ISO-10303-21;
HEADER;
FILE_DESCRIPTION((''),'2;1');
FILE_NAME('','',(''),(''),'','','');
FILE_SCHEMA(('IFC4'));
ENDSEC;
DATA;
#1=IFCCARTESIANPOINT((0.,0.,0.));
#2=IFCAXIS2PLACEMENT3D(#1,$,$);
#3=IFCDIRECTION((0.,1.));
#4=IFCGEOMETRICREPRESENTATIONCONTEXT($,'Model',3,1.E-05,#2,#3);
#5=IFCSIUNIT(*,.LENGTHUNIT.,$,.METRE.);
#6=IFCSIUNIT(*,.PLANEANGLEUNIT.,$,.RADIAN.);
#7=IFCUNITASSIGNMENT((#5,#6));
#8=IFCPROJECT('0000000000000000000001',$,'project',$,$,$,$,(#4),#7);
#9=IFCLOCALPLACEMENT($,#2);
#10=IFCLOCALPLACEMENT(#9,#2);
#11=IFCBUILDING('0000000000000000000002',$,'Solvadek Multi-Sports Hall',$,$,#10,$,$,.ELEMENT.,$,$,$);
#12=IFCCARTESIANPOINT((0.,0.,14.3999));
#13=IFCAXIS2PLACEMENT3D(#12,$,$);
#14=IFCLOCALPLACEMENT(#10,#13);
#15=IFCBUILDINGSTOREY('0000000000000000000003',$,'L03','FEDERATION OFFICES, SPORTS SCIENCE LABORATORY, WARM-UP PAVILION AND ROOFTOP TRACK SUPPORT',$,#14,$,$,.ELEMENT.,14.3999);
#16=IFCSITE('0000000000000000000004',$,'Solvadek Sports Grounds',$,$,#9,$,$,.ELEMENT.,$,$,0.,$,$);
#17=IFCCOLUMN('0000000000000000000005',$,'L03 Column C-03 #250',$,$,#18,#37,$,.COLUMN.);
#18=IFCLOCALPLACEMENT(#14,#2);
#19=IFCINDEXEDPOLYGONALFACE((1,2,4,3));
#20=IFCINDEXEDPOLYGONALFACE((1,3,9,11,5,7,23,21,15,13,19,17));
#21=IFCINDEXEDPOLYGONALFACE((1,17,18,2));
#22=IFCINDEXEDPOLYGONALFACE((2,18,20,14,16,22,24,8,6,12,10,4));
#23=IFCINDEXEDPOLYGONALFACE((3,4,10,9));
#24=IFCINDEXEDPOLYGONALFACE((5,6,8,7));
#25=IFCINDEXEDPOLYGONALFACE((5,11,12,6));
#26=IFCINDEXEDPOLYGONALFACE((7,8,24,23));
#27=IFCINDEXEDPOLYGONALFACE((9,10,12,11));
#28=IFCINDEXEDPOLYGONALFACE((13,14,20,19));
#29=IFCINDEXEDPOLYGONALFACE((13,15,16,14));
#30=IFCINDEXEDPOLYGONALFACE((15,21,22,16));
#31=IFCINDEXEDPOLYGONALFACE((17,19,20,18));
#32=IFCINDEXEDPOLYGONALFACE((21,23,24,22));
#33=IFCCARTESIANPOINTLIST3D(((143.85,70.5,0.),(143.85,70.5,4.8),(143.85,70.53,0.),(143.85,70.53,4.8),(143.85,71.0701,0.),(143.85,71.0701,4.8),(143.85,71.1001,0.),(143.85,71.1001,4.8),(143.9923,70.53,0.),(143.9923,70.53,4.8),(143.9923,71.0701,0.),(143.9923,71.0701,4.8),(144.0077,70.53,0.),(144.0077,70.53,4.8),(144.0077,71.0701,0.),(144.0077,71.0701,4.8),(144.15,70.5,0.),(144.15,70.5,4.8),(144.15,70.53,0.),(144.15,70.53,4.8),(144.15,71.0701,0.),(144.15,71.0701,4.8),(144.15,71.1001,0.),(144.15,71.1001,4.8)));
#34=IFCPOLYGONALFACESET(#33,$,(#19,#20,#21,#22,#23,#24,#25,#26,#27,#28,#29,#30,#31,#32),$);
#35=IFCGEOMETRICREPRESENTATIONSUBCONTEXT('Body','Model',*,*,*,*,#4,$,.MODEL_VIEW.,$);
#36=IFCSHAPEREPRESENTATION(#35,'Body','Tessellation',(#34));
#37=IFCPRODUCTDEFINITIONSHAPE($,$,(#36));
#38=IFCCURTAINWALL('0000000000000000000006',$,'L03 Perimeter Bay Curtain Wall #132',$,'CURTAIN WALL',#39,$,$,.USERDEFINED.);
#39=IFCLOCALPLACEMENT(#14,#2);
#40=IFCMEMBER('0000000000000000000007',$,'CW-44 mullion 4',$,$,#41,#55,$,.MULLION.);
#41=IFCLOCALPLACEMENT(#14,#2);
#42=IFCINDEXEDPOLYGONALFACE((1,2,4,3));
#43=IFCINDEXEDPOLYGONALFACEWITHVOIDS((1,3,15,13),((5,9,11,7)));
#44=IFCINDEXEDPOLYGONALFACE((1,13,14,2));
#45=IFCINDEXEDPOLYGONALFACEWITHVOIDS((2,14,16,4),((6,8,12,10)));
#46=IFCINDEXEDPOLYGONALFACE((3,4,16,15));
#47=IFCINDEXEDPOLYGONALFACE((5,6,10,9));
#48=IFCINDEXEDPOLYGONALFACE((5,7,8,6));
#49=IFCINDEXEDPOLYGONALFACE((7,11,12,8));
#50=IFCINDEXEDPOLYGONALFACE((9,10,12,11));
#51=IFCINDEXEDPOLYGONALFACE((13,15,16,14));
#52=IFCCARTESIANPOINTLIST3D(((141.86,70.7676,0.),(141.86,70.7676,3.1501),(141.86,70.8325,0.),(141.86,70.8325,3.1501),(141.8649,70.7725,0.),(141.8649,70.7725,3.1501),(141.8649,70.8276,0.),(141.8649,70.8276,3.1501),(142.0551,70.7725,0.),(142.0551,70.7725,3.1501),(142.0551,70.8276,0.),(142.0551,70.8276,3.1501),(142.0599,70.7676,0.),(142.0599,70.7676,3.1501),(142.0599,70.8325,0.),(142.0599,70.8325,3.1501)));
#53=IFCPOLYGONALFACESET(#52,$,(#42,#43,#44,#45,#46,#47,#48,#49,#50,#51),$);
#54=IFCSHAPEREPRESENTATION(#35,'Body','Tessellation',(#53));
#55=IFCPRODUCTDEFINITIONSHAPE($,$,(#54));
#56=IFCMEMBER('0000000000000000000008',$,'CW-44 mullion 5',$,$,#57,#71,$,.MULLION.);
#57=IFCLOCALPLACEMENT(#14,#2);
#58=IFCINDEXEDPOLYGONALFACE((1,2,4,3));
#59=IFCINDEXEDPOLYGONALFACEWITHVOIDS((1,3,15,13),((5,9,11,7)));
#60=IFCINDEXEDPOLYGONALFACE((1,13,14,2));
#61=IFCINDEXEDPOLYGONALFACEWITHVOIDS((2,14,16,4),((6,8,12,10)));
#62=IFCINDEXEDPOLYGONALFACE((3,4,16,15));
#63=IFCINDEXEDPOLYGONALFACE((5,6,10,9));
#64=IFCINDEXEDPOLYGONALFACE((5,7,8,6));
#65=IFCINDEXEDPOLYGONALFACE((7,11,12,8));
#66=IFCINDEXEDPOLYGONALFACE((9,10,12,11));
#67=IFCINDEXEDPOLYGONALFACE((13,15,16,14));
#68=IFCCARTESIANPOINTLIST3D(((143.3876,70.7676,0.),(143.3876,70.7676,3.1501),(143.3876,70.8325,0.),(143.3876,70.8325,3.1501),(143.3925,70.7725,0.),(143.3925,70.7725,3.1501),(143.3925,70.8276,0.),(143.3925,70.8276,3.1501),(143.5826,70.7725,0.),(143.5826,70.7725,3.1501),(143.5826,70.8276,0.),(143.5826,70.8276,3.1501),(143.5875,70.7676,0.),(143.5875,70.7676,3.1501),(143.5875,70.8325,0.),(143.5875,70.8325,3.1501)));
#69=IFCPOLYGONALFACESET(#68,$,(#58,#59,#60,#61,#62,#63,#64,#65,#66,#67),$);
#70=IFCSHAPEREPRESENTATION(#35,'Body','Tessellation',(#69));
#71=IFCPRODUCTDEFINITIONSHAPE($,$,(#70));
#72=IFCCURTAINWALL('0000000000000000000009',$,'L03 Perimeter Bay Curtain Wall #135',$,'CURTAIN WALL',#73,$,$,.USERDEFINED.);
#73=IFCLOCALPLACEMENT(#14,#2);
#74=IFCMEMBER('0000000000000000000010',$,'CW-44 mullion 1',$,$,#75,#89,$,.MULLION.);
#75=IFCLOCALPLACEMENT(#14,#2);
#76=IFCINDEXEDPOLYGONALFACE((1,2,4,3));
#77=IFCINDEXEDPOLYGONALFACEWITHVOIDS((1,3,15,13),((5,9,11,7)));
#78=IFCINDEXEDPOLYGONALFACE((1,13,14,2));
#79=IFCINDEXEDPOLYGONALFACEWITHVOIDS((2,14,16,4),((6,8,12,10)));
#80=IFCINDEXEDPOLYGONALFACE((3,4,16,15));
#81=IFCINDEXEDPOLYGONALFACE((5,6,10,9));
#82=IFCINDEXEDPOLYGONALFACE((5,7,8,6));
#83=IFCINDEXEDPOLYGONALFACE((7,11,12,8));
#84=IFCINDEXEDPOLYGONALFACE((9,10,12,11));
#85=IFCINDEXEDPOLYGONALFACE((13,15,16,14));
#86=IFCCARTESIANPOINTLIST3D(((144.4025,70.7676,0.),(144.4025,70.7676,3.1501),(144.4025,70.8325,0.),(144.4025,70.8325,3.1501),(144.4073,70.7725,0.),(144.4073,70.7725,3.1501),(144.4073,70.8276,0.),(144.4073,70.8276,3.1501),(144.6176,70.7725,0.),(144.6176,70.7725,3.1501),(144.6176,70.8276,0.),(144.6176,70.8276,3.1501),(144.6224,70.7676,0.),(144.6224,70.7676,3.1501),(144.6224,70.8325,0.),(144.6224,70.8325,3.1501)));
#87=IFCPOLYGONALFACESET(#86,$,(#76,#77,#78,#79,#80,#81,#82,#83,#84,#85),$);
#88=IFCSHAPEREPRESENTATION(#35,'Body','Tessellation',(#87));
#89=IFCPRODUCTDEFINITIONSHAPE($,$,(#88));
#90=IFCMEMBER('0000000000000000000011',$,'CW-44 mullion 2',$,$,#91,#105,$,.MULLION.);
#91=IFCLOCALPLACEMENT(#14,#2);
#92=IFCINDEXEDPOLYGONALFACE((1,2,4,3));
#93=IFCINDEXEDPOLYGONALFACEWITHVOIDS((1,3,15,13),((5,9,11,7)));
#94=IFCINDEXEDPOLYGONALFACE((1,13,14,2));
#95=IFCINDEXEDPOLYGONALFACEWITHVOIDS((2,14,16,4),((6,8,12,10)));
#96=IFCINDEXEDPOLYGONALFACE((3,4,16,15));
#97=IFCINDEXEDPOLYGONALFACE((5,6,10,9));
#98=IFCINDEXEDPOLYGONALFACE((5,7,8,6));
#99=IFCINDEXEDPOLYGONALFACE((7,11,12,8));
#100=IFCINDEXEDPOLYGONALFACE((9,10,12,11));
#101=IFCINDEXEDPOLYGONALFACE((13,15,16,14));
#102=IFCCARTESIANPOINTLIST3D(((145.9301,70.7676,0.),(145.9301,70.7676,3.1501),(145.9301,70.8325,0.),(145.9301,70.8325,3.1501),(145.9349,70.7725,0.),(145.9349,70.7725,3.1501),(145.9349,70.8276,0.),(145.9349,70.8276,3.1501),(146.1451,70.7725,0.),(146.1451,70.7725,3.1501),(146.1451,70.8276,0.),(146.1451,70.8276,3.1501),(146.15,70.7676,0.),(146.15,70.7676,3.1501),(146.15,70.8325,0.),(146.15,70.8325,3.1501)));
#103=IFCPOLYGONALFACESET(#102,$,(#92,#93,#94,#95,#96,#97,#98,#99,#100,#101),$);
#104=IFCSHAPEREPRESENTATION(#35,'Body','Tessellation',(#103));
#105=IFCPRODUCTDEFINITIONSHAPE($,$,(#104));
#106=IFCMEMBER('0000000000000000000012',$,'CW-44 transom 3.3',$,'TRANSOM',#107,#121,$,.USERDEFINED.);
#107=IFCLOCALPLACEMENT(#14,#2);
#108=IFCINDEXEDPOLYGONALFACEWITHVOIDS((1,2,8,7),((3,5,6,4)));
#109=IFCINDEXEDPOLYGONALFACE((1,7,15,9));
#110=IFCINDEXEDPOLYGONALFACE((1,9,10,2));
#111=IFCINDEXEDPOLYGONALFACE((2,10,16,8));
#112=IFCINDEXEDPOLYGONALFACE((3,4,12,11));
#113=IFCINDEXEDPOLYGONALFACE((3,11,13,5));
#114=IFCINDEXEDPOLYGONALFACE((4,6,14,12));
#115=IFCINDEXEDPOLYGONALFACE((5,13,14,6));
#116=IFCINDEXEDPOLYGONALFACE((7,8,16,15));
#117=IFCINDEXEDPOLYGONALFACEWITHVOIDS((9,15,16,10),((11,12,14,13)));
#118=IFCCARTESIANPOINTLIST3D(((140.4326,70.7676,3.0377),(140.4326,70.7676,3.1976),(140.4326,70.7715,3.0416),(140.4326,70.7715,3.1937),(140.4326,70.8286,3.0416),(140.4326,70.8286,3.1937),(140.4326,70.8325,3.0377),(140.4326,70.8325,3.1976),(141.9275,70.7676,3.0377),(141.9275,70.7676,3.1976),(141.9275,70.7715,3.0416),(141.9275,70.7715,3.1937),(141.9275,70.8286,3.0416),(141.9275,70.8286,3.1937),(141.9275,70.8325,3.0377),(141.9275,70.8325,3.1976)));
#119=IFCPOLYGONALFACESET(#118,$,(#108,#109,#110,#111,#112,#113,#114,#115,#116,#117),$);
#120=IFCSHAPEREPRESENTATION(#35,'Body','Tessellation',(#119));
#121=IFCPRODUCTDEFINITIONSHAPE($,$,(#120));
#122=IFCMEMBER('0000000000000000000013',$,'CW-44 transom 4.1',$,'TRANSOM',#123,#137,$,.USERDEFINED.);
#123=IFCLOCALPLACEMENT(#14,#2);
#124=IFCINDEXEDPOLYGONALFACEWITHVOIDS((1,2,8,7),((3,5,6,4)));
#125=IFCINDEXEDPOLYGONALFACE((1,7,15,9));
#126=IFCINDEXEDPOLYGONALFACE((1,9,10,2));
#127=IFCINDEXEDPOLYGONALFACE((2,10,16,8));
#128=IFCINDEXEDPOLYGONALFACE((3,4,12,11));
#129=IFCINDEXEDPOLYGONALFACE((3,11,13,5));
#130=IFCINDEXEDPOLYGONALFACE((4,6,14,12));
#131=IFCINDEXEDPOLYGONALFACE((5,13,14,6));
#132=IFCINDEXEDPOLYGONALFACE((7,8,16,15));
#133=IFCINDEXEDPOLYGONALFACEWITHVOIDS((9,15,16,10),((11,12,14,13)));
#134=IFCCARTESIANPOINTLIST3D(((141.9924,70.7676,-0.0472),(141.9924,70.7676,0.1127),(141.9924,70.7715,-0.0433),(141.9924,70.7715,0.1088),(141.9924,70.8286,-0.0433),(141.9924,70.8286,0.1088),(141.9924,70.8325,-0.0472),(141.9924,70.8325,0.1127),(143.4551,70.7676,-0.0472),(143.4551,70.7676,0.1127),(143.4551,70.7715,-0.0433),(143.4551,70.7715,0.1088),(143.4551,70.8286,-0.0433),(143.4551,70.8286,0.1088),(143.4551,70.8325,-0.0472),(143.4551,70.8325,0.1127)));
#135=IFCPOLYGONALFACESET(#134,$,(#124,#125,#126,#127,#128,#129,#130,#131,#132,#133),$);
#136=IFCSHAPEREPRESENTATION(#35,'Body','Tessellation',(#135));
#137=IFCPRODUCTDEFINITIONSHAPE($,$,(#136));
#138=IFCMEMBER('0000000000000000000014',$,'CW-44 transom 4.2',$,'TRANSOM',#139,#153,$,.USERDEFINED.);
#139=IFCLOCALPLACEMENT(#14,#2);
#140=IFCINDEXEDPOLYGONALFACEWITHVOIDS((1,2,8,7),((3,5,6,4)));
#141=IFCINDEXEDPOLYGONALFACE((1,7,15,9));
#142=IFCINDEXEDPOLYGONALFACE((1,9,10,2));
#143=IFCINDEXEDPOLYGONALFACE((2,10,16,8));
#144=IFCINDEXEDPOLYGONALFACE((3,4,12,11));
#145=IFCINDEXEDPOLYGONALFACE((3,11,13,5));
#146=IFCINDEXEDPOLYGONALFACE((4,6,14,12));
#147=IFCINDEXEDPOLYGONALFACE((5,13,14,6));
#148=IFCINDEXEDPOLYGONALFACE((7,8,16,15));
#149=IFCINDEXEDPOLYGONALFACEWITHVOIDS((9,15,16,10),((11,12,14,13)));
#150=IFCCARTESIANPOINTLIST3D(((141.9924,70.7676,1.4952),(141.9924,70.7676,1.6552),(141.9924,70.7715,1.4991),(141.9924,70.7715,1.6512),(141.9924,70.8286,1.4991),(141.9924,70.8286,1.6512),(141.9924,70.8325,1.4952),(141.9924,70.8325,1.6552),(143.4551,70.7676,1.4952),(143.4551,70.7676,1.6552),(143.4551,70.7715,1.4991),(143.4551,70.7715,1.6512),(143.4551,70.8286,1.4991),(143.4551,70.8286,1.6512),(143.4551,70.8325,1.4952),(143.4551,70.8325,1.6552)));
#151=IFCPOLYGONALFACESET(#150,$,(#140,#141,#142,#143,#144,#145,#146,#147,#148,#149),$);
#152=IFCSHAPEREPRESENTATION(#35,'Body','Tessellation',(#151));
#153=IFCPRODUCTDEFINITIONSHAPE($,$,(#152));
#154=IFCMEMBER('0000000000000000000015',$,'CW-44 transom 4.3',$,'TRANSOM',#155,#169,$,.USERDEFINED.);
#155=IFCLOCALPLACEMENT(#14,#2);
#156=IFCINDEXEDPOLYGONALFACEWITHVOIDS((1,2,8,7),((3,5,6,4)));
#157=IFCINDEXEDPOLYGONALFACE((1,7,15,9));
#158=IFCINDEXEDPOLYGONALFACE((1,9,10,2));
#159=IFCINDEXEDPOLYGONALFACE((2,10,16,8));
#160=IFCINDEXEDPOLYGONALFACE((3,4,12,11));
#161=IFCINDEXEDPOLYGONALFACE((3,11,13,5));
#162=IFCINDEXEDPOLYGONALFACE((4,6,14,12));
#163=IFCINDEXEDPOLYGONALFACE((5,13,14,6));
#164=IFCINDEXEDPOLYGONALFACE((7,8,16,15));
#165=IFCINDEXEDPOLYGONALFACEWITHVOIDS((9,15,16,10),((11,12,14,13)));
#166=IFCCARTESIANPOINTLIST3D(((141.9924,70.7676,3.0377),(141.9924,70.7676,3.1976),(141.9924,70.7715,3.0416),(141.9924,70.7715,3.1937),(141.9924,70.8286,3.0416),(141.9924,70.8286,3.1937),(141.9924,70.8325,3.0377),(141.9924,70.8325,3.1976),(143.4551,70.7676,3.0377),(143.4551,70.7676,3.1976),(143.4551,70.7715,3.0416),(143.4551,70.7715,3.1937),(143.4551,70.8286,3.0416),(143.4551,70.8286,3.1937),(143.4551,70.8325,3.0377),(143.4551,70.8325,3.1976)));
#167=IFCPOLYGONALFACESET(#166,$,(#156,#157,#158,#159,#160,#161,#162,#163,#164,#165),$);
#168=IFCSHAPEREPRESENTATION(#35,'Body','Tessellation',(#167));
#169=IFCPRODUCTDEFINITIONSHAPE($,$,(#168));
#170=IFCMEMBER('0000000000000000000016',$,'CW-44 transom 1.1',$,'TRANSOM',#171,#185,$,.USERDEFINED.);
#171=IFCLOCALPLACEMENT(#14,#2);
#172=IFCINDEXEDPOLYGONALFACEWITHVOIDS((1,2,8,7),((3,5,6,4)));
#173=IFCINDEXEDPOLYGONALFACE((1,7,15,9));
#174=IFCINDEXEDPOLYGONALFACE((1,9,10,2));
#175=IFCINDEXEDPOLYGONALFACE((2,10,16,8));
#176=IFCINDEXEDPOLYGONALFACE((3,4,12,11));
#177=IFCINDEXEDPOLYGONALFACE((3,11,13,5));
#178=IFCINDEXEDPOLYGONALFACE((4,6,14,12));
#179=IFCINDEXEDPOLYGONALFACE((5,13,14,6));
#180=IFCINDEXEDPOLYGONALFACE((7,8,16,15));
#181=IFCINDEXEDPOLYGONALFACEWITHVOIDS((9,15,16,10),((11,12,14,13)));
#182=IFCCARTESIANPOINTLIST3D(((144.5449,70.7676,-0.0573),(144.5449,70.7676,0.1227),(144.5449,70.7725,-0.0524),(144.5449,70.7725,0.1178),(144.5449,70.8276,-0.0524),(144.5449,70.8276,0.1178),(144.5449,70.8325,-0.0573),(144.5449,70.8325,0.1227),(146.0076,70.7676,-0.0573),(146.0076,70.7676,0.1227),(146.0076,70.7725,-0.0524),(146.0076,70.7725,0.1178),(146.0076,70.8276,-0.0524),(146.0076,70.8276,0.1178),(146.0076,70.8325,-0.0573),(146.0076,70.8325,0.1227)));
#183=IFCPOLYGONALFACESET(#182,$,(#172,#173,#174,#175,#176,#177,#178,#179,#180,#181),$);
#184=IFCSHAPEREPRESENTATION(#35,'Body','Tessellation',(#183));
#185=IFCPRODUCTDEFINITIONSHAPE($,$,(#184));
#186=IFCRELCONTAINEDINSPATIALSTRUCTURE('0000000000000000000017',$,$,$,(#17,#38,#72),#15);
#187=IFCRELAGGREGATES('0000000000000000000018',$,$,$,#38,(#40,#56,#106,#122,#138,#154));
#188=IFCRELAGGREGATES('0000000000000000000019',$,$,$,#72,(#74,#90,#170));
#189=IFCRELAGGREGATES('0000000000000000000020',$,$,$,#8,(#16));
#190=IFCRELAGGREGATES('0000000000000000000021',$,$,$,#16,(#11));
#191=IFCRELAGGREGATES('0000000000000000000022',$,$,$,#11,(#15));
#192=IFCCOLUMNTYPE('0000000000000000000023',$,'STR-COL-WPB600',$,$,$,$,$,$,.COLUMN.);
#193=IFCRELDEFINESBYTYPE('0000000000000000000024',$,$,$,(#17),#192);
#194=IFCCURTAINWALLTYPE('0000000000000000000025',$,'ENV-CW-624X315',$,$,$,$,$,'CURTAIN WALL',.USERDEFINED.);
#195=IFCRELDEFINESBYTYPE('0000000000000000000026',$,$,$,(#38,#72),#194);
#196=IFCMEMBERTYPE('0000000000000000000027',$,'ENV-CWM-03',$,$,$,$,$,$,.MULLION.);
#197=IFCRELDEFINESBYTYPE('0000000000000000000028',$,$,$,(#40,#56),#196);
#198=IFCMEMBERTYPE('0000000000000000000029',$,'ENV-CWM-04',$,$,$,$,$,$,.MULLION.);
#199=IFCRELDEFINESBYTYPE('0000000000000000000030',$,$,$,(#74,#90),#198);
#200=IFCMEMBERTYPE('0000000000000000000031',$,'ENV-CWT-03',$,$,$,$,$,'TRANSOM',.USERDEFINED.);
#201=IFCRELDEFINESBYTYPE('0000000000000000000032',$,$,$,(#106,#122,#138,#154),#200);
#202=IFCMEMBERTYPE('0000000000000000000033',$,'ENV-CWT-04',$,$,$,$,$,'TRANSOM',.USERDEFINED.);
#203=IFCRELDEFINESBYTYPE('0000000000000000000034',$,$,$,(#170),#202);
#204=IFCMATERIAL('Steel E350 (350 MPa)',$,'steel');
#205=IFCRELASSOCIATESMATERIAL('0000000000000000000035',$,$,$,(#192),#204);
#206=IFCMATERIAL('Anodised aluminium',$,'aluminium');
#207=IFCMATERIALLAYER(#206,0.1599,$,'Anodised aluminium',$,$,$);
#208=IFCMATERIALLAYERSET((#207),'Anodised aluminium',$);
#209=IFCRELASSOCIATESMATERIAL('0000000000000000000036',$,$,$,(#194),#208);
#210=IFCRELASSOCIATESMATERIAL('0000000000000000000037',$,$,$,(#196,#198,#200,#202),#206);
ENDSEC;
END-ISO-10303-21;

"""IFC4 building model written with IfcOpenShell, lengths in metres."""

from ifc_helpers import new_model, si_unit, direction, frame, origin, origin_2d, place, context, subcontext, project, spatial, hollow_rectangle, i_section, extrude, material, layer, layer_set, material_profile, profile_set, type_object, element, aggregate, save


model = new_model("IFC4")

# Units and contexts
model_context = context("Model", 3, precision=1e-05, world=origin(), true_north=direction((0.0, 1.0)))
body_context = subcontext(model_context, "Body", "Model", "MODEL_VIEW")
ifc_project = project(units=[si_unit("LENGTHUNIT", "METRE"), si_unit("PLANEANGLEUNIT", "RADIAN")], contexts=[model_context])

# Site, building, storey
site_placement = place(None, origin())
site = spatial("IfcSite", under=ifc_project, at=site_placement, Name="Solvadek Sports Grounds", CompositionType="ELEMENT", RefElevation=0.0)
building_placement = place(site_placement, origin())
building = spatial("IfcBuilding", under=site, at=building_placement, Name="Solvadek Multi-Sports Hall", CompositionType="ELEMENT")
storey_placement = place(building_placement, frame((0.0, 0.0, 14.3999)))
storey = spatial("IfcBuildingStorey", under=building, at=storey_placement, Name="L03", Description="FEDERATION OFFICES, SPORTS SCIENCE LABORATORY, WARM-UP PAVILION AND ROOFTOP TRACK SUPPORT", CompositionType="ELEMENT", Elevation=14.3999)

# Column
ifc_material_1 = material(Name="Steel E350 (350 MPa)", Category="steel")
ifc_material_profile_1 = material_profile(ifc_material_1, i_section(OverallWidth=0.3, OverallDepth=0.6001, WebThickness=0.0154, FlangeThickness=0.03, at=origin_2d()), Name="WPB 600")
ifc_profile_set_1 = profile_set([ifc_material_profile_1], Name="Steel E350 (350 MPa)")
column_type = type_object("IfcColumnType", Name="STR-COL-WPB600", PredefinedType="COLUMN", material=ifc_profile_set_1)
column_placement = place(storey_placement, frame((144.0, 70.8, 0.0), z_axis=(0.0, 0.0, 1.0), x_axis=(1.0, 0.0, 0.0)))
element("IfcColumn", 1, at=column_placement, inside=storey, type_object=column_type, Name="L03 Column C-03 #250", PredefinedType="COLUMN", context=body_context, shape_type="SweptSolid", body=[
    extrude(i_section(OverallWidth=0.3, OverallDepth=0.6001, WebThickness=0.0154, FlangeThickness=0.03, at=origin_2d()), origin(), (0.0, 0.0, 1.0), 4.8),
])

# Curtain walls, members
ifc_material_2 = material(Name="Anodised aluminium", Category="aluminium")
ifc_layer_1 = layer(ifc_material_2, 0.1599, Name="Anodised aluminium")
ifc_layer_set_1 = layer_set([ifc_layer_1], Name="Anodised aluminium")
curtain_wall_type = type_object("IfcCurtainWallType", Name="ENV-CW-624X315", ElementType="CURTAIN WALL", PredefinedType="USERDEFINED", material=ifc_layer_set_1)
curtain_wall_1_placement = place(storey_placement, origin())
curtain_wall_1 = element("IfcCurtainWall", 2, at=curtain_wall_1_placement, inside=storey, type_object=curtain_wall_type, Name="L03 Perimeter Bay Curtain Wall #132", ObjectType="CURTAIN WALL", PredefinedType="USERDEFINED")
ifc_material_profile_2 = material_profile(ifc_material_2, hollow_rectangle(XDim=0.0649, YDim=0.2, WallThickness=0.0049, at=origin_2d()), Name="ALU-M 200x65x5")
ifc_profile_set_2 = profile_set([ifc_material_profile_2], Name="Anodised aluminium")
member_type_1 = type_object("IfcMemberType", Name="ENV-CWM-03", PredefinedType="MULLION", material=ifc_profile_set_2)
member_1_placement = place(storey_placement, frame((141.96, 70.8, 0.0), z_axis=(0.0, 0.0, 1.0), x_axis=(0.0, 1.0, 0.0)))
member_1 = element("IfcMember", 3, at=member_1_placement, type_object=member_type_1, Name="CW-44 mullion 4", PredefinedType="MULLION", context=body_context, shape_type="SweptSolid", body=[
    extrude(hollow_rectangle(XDim=0.0649, YDim=0.2, WallThickness=0.0049, at=origin_2d()), origin(), (0.0, 0.0, 1.0), 3.1501),
])
member_2_placement = place(storey_placement, frame((143.4875, 70.8, 0.0), z_axis=(0.0, 0.0, 1.0), x_axis=(0.0, 1.0, 0.0)))
member_2 = element("IfcMember", 4, at=member_2_placement, type_object=member_type_1, Name="CW-44 mullion 5", PredefinedType="MULLION", context=body_context, shape_type="SweptSolid", body=[
    extrude(hollow_rectangle(XDim=0.0649, YDim=0.2, WallThickness=0.0049, at=origin_2d()), origin(), (0.0, 0.0, 1.0), 3.1501),
])
curtain_wall_2_placement = place(storey_placement, origin())
curtain_wall_2 = element("IfcCurtainWall", 5, at=curtain_wall_2_placement, inside=storey, type_object=curtain_wall_type, Name="L03 Perimeter Bay Curtain Wall #135", ObjectType="CURTAIN WALL", PredefinedType="USERDEFINED")
ifc_material_profile_3 = material_profile(ifc_material_2, hollow_rectangle(XDim=0.0649, YDim=0.22, WallThickness=0.0049, at=origin_2d()), Name="ALU-M 220x65x5")
ifc_profile_set_3 = profile_set([ifc_material_profile_3], Name="Anodised aluminium")
member_type_2 = type_object("IfcMemberType", Name="ENV-CWM-04", PredefinedType="MULLION", material=ifc_profile_set_3)
member_3_placement = place(storey_placement, frame((144.5125, 70.8, 0.0), z_axis=(0.0, 0.0, 1.0), x_axis=(0.0, 1.0, 0.0)))
member_3 = element("IfcMember", 6, at=member_3_placement, type_object=member_type_2, Name="CW-44 mullion 1", PredefinedType="MULLION", context=body_context, shape_type="SweptSolid", body=[
    extrude(hollow_rectangle(XDim=0.0649, YDim=0.22, WallThickness=0.0049, at=origin_2d()), origin(), (0.0, 0.0, 1.0), 3.1501),
])
member_4_placement = place(storey_placement, frame((146.04, 70.8, 0.0), z_axis=(0.0, 0.0, 1.0), x_axis=(0.0, 1.0, 0.0)))
member_4 = element("IfcMember", 7, at=member_4_placement, type_object=member_type_2, Name="CW-44 mullion 2", PredefinedType="MULLION", context=body_context, shape_type="SweptSolid", body=[
    extrude(hollow_rectangle(XDim=0.0649, YDim=0.22, WallThickness=0.0049, at=origin_2d()), origin(), (0.0, 0.0, 1.0), 3.1501),
])

# Members
ifc_material_profile_4 = material_profile(ifc_material_2, hollow_rectangle(XDim=0.0649, YDim=0.1599, WallThickness=0.0039, at=origin_2d()), Name="ALU-T 160x65x4")
ifc_profile_set_4 = profile_set([ifc_material_profile_4], Name="Anodised aluminium")
member_type_3 = type_object("IfcMemberType", Name="ENV-CWT-03", ElementType="TRANSOM", PredefinedType="USERDEFINED", material=ifc_profile_set_4)
member_5_placement = place(storey_placement, frame((140.4326, 70.8, 3.1177), z_axis=(1.0, 0.0, 0.0), x_axis=(0.0, 1.0, 0.0)))
member_5 = element("IfcMember", 8, at=member_5_placement, type_object=member_type_3, Name="CW-44 transom 3.3", ObjectType="TRANSOM", PredefinedType="USERDEFINED", context=body_context, shape_type="SweptSolid", body=[
    extrude(hollow_rectangle(XDim=0.0649, YDim=0.1599, WallThickness=0.0039, at=origin_2d()), origin(), (0.0, 0.0, 1.0), 1.4949),
])
member_6_placement = place(storey_placement, frame((141.9924, 70.8, 0.0327), z_axis=(1.0, 0.0, 0.0), x_axis=(0.0, 1.0, 0.0)))
member_6 = element("IfcMember", 9, at=member_6_placement, type_object=member_type_3, Name="CW-44 transom 4.1", ObjectType="TRANSOM", PredefinedType="USERDEFINED", context=body_context, shape_type="SweptSolid", body=[
    extrude(hollow_rectangle(XDim=0.0649, YDim=0.1599, WallThickness=0.0039, at=origin_2d()), origin(), (0.0, 0.0, 1.0), 1.4626),
])
member_7_placement = place(storey_placement, frame((141.9924, 70.8, 1.5752), z_axis=(1.0, 0.0, 0.0), x_axis=(0.0, 1.0, 0.0)))
member_7 = element("IfcMember", 10, at=member_7_placement, type_object=member_type_3, Name="CW-44 transom 4.2", ObjectType="TRANSOM", PredefinedType="USERDEFINED", context=body_context, shape_type="SweptSolid", body=[
    extrude(hollow_rectangle(XDim=0.0649, YDim=0.1599, WallThickness=0.0039, at=origin_2d()), origin(), (0.0, 0.0, 1.0), 1.4626),
])
member_8_placement = place(storey_placement, frame((141.9924, 70.8, 3.1177), z_axis=(1.0, 0.0, 0.0), x_axis=(0.0, 1.0, 0.0)))
member_8 = element("IfcMember", 11, at=member_8_placement, type_object=member_type_3, Name="CW-44 transom 4.3", ObjectType="TRANSOM", PredefinedType="USERDEFINED", context=body_context, shape_type="SweptSolid", body=[
    extrude(hollow_rectangle(XDim=0.0649, YDim=0.1599, WallThickness=0.0039, at=origin_2d()), origin(), (0.0, 0.0, 1.0), 1.4626),
])
ifc_material_profile_5 = material_profile(ifc_material_2, hollow_rectangle(XDim=0.0649, YDim=0.1799, WallThickness=0.0049, at=origin_2d()), Name="ALU-T 180x65x5")
ifc_profile_set_5 = profile_set([ifc_material_profile_5], Name="Anodised aluminium")
member_type_4 = type_object("IfcMemberType", Name="ENV-CWT-04", ElementType="TRANSOM", PredefinedType="USERDEFINED", material=ifc_profile_set_5)
member_9_placement = place(storey_placement, frame((144.5449, 70.8, 0.0327), z_axis=(1.0, 0.0, 0.0), x_axis=(0.0, 1.0, 0.0)))
member_9 = element("IfcMember", 12, at=member_9_placement, type_object=member_type_4, Name="CW-44 transom 1.1", ObjectType="TRANSOM", PredefinedType="USERDEFINED", context=body_context, shape_type="SweptSolid", body=[
    extrude(hollow_rectangle(XDim=0.0649, YDim=0.1799, WallThickness=0.0049, at=origin_2d()), origin(), (0.0, 0.0, 1.0), 1.4626),
])

aggregate(curtain_wall_1, [member_1, member_2, member_5, member_6, member_7, member_8])
aggregate(curtain_wall_2, [member_3, member_4, member_9])

save(model, "model.ifc")
